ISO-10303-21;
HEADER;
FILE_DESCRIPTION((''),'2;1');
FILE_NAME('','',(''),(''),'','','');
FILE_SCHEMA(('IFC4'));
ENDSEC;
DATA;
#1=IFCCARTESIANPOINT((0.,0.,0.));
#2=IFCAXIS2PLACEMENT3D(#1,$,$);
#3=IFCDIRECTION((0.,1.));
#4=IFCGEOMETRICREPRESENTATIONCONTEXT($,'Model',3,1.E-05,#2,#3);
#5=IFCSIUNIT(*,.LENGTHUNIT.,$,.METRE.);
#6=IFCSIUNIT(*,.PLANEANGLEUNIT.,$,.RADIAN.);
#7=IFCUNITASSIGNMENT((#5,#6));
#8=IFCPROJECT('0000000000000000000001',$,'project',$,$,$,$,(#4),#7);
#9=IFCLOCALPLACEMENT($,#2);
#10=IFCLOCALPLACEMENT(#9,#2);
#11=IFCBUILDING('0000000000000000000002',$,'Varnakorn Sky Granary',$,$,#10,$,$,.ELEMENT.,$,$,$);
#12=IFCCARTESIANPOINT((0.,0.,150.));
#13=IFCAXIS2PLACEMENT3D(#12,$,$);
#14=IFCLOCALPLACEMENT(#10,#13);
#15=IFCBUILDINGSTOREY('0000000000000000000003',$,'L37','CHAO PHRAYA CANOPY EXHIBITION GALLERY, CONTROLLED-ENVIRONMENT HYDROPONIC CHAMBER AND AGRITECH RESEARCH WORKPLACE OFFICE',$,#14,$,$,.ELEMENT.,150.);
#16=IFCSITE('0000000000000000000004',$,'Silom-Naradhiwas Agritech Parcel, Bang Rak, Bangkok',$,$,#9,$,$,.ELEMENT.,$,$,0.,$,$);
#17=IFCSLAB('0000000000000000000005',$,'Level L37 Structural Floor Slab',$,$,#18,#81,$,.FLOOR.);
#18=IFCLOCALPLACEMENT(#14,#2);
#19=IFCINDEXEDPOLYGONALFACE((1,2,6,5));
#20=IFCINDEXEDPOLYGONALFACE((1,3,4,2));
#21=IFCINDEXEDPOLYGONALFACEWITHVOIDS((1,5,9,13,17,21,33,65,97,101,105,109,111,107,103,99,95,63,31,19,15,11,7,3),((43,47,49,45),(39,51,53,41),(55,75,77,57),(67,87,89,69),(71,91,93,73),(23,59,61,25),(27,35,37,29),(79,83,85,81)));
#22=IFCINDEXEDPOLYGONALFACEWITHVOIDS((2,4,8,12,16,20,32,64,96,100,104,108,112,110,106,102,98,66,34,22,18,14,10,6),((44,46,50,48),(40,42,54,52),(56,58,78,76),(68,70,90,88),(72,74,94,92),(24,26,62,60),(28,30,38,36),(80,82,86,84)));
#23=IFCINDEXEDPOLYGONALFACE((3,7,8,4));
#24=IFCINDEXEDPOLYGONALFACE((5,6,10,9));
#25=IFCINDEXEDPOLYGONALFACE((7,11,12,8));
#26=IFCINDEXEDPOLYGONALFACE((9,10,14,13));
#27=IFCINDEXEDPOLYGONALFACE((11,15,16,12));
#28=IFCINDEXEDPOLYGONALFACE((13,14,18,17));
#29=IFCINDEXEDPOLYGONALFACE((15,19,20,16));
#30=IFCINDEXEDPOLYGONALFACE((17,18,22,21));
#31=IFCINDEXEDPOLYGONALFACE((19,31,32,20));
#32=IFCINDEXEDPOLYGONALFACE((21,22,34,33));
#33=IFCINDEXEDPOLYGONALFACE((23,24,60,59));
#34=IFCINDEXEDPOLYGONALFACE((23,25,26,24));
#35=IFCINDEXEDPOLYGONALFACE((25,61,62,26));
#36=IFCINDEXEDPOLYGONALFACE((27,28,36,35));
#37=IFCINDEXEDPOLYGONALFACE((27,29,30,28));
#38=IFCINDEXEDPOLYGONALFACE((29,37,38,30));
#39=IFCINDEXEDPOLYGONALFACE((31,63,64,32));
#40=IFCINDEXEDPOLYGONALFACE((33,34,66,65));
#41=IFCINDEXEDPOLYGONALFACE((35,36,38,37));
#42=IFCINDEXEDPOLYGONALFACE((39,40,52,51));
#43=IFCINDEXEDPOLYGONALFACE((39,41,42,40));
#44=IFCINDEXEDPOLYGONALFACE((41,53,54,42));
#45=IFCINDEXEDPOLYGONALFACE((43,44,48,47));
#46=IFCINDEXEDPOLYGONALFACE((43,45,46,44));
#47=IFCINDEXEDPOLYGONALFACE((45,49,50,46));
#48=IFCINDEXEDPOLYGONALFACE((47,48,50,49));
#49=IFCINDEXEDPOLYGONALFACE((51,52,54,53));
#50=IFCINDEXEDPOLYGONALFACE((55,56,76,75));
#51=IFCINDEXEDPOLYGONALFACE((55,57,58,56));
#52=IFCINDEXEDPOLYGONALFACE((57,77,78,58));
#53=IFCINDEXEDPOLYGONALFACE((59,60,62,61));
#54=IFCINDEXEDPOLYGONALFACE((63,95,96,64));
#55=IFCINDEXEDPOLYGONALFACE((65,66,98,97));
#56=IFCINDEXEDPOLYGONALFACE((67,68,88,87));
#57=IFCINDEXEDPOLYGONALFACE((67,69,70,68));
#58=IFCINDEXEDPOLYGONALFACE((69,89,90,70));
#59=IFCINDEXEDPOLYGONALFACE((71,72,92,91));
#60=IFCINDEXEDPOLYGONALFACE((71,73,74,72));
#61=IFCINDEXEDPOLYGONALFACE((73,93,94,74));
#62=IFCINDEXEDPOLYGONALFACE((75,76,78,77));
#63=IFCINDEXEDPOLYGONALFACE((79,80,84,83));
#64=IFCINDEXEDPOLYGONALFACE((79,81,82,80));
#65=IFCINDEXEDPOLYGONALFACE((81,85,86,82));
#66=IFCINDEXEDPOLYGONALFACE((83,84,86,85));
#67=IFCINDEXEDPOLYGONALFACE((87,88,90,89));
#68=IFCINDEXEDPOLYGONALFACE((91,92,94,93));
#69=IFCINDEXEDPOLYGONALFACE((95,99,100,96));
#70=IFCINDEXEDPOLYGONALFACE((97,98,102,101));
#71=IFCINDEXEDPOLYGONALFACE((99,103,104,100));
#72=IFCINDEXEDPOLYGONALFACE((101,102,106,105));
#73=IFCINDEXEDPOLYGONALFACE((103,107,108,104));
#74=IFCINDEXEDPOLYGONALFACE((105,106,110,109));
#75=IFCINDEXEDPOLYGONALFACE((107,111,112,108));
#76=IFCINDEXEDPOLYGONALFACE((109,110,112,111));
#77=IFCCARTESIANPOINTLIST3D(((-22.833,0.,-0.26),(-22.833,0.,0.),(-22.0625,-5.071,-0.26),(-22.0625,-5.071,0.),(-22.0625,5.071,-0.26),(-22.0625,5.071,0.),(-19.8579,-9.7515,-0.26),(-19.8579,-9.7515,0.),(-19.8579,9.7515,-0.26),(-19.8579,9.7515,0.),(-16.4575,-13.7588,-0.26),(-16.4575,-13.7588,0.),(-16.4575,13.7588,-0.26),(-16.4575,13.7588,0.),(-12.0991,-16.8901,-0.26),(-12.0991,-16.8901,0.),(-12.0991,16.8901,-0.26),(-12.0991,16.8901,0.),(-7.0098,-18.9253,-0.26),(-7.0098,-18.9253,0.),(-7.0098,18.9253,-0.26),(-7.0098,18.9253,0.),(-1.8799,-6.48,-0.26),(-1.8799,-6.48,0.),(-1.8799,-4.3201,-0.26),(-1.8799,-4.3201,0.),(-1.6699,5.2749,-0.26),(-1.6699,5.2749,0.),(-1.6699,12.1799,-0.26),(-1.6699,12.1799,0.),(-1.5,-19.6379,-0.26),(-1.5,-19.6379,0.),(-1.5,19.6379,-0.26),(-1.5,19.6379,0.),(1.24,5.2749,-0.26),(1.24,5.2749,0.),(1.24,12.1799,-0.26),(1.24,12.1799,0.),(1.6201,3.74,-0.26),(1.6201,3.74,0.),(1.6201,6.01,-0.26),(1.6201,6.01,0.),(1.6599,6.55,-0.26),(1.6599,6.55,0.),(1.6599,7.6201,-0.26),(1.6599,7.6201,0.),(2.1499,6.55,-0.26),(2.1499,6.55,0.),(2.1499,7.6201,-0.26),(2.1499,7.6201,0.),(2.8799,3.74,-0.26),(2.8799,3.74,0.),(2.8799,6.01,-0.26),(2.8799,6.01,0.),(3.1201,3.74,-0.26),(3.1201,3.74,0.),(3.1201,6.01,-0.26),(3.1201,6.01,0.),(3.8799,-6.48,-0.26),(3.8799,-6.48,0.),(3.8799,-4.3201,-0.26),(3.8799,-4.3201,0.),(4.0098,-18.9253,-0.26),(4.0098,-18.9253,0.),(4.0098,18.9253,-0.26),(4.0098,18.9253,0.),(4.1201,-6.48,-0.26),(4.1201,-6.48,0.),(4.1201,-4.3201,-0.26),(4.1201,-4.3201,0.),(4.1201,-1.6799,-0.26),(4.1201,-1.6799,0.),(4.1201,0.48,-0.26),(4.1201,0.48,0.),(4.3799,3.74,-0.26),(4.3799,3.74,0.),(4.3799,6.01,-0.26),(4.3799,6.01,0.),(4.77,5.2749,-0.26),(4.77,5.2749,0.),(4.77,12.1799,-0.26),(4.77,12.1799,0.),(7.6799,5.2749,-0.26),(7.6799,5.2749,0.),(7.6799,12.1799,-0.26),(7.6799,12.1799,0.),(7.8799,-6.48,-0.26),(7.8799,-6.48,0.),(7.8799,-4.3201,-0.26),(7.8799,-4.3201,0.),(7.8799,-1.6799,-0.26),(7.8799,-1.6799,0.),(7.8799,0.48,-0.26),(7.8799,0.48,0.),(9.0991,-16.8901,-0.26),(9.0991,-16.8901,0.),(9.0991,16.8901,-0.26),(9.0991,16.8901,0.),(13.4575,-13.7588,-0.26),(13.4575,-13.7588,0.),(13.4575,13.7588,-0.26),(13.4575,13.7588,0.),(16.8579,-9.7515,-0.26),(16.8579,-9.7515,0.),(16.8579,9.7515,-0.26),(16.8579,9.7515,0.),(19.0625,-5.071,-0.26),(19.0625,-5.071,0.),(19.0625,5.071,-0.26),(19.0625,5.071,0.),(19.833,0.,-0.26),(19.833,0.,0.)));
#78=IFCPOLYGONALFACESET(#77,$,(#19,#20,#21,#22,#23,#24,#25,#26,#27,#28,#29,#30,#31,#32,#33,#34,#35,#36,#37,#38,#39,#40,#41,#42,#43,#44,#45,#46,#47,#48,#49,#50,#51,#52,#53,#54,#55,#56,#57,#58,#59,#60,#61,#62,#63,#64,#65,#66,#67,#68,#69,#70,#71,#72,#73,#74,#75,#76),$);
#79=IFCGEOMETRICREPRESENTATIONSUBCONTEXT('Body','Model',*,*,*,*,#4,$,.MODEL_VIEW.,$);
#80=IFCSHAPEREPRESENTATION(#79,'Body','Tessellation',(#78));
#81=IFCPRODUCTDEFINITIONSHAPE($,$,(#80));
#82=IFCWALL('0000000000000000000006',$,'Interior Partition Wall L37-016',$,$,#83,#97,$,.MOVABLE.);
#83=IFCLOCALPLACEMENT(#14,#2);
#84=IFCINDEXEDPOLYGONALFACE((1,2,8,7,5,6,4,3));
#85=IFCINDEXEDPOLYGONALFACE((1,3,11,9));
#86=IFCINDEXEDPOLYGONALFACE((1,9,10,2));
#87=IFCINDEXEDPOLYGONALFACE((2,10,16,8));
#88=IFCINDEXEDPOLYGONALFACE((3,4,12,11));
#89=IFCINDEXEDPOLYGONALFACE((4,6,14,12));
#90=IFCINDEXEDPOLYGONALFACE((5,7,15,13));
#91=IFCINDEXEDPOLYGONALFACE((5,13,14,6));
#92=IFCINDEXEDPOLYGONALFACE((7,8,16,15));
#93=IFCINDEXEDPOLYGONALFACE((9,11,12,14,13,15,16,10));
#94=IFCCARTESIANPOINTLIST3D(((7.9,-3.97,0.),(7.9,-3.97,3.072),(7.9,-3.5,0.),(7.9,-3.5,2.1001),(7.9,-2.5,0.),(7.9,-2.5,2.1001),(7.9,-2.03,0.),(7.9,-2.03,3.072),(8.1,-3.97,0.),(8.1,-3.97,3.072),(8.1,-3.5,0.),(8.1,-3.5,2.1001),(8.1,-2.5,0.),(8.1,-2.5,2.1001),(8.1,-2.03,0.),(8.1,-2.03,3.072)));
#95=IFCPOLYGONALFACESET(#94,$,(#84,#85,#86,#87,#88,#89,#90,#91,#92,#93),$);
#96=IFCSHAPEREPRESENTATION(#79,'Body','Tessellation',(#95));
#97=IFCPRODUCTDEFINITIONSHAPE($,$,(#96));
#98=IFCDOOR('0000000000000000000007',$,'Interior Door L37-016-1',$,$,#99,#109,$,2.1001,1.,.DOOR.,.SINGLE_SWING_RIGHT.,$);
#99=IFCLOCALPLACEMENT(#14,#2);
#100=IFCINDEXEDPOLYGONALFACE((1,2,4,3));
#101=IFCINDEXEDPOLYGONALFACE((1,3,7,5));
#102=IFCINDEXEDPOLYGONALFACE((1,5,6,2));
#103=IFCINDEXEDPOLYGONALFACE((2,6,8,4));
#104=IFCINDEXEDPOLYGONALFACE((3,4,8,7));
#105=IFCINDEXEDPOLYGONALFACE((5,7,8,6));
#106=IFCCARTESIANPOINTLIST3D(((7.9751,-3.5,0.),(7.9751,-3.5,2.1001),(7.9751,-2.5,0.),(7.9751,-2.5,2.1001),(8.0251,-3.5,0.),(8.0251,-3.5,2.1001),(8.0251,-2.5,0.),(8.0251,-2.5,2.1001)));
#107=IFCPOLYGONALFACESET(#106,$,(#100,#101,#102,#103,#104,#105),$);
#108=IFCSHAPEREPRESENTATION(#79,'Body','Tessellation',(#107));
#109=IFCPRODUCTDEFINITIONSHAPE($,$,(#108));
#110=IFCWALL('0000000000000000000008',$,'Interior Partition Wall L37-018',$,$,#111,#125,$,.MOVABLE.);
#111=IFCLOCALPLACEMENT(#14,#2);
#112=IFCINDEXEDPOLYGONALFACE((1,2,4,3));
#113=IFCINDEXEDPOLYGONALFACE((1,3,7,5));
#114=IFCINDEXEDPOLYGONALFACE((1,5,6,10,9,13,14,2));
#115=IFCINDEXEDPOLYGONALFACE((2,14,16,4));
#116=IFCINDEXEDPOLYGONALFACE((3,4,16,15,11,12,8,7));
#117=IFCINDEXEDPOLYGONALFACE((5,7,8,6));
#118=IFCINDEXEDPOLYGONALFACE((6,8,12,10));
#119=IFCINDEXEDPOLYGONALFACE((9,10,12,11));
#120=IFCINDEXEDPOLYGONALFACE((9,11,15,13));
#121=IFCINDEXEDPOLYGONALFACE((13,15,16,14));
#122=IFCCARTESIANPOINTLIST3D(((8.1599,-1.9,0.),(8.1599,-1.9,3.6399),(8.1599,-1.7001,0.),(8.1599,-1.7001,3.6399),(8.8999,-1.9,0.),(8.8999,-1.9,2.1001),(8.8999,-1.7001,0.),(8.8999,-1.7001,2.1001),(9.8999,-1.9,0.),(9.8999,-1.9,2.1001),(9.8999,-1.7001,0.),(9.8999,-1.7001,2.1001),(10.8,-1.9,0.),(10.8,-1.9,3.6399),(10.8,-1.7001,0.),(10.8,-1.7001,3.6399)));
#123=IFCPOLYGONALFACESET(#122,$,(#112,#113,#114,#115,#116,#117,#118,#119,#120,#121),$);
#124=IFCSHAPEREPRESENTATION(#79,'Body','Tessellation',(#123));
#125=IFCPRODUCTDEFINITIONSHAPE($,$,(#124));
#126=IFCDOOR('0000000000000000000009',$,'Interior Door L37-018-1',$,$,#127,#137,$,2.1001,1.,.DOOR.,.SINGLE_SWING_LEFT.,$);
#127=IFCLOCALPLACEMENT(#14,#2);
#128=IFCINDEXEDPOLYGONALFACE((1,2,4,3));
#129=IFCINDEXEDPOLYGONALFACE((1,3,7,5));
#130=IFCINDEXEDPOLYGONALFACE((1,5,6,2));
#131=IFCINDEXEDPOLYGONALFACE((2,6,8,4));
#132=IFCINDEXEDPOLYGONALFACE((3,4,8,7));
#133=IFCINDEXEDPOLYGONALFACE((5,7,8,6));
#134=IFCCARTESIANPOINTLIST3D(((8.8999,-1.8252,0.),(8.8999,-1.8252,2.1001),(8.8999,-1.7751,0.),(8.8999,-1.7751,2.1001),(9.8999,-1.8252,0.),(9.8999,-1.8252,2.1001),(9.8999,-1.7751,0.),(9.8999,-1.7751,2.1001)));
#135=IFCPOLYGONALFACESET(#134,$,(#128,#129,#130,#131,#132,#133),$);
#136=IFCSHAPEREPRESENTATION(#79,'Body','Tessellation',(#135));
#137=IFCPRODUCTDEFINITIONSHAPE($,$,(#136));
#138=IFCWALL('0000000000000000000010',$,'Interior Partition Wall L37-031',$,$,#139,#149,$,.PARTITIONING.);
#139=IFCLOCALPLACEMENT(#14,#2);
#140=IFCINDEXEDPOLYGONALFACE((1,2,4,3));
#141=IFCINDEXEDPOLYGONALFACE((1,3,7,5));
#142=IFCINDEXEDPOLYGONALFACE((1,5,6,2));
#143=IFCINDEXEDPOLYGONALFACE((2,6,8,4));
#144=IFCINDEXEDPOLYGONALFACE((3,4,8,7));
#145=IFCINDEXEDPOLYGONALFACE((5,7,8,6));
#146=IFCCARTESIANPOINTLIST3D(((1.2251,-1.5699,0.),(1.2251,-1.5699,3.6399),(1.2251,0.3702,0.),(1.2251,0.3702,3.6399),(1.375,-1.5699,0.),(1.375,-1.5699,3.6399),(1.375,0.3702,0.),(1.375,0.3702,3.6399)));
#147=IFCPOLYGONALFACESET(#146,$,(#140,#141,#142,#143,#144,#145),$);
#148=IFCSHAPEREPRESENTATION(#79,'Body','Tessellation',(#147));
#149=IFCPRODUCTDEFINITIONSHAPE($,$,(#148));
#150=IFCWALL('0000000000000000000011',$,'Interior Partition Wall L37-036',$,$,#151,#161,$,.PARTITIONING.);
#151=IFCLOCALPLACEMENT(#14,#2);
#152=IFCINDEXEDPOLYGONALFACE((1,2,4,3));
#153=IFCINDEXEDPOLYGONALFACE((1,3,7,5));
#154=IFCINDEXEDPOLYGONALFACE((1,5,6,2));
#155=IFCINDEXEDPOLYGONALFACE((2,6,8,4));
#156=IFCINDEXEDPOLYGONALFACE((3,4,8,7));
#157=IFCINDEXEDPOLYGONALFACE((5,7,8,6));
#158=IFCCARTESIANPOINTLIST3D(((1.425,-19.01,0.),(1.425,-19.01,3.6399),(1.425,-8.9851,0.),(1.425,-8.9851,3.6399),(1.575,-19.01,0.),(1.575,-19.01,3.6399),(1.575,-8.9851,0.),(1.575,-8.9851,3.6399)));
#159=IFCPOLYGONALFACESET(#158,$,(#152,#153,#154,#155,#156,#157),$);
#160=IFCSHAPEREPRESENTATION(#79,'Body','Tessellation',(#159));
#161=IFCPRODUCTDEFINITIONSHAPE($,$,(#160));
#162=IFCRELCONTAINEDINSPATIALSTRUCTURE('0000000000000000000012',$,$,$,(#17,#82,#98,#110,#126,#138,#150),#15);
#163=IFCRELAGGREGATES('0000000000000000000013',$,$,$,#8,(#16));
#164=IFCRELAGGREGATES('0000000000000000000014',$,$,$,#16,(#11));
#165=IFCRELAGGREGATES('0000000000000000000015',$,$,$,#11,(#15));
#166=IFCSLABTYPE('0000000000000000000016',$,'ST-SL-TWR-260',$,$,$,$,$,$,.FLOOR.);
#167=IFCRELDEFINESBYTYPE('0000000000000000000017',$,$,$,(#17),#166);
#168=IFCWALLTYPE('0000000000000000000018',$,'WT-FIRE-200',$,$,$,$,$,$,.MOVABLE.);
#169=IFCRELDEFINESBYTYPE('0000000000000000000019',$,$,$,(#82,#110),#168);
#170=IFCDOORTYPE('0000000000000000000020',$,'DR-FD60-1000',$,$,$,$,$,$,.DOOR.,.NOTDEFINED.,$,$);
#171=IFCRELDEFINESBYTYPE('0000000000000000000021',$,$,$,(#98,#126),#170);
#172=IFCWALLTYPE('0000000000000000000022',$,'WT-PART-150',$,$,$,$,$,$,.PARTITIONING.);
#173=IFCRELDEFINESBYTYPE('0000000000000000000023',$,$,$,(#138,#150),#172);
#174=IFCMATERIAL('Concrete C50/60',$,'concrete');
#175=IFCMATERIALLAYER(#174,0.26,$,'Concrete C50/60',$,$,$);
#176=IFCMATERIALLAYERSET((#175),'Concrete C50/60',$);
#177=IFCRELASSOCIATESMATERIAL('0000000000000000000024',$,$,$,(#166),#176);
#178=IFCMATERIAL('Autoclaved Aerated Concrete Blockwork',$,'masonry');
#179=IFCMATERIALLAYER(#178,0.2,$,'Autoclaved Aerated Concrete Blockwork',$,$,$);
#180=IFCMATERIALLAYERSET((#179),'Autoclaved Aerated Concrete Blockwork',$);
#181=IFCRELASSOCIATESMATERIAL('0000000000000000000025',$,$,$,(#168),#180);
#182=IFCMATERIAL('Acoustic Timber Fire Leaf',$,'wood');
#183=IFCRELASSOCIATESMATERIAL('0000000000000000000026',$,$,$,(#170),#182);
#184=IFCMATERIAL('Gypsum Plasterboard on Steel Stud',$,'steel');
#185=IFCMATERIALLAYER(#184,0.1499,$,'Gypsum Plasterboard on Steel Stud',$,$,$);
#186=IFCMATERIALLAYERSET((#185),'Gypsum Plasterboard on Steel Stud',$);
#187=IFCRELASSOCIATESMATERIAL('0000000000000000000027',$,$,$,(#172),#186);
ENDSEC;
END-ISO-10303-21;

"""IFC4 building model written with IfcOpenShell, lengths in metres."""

from ifc_helpers import new_model, si_unit, direction, frame, frame_2d, origin, place, context, subcontext, project, spatial, polyline, rectangle, outline, extrude, material, layer, layer_set, type_object, element, fill, save


model = new_model("IFC4")

# Units and contexts
model_context = context("Model", 3, precision=1e-05, world=origin(), true_north=direction((0.0, 1.0)))
body_context = subcontext(model_context, "Body", "Model", "MODEL_VIEW")
ifc_project = project(units=[si_unit("LENGTHUNIT", "METRE"), si_unit("PLANEANGLEUNIT", "RADIAN")], contexts=[model_context])

# Site, building, storey
site_placement = place(None, origin())
site = spatial("IfcSite", under=ifc_project, at=site_placement, Name="Silom-Naradhiwas Agritech Parcel, Bang Rak, Bangkok", CompositionType="ELEMENT", RefElevation=0.0)
building_placement = place(site_placement, origin())
building = spatial("IfcBuilding", under=site, at=building_placement, Name="Varnakorn Sky Granary", CompositionType="ELEMENT")
storey_placement = place(building_placement, frame((0.0, 0.0, 150.0)))
storey = spatial("IfcBuildingStorey", under=building, at=storey_placement, Name="L37", Description="CHAO PHRAYA CANOPY EXHIBITION GALLERY, CONTROLLED-ENVIRONMENT HYDROPONIC CHAMBER AND AGRITECH RESEARCH WORKPLACE OFFICE", CompositionType="ELEMENT", Elevation=150.0)

# Shared definitions
ifc_material_1 = material(Name="Concrete C50/60", Category="concrete")

# Slab
ifc_layer_1 = layer(ifc_material_1, 0.26, Name="Concrete C50/60")
ifc_layer_set_1 = layer_set([ifc_layer_1], Name="Concrete C50/60")
slab_type_1 = type_object("IfcSlabType", Name="ST-SL-TWR-260", PredefinedType="FLOOR", material=ifc_layer_set_1)
slab_1_placement = place(storey_placement, frame((0.0, 0.0, -0.26)))
element("IfcSlab", 1, at=slab_1_placement, inside=storey, type_object=slab_type_1, Name="Level L37 Structural Floor Slab", PredefinedType="FLOOR", context=body_context, shape_type="SweptSolid", body=[
    extrude(outline(polyline([(19.833, 0.0), (19.0625, 5.071), (16.8579, 9.7515), (13.4575, 13.7588), (9.0991, 16.8901), (4.0098, 18.9253), (-1.5, 19.6379), (-7.0098, 18.9253), (-12.0991, 16.8901), (-16.4575, 13.7588), (-19.8579, 9.7515), (-22.0625, 5.071), (-22.833, 0.0), (-22.0625, -5.071), (-19.8579, -9.7515), (-16.4575, -13.7588), (-12.0991, -16.8901), (-7.0098, -18.9253), (-1.5, -19.6379), (4.0098, -18.9253), (9.0991, -16.8901), (13.4575, -13.7588), (16.8579, -9.7515), (19.0625, -5.071), (19.833, 0.0)]), holes=[polyline([(1.24, 5.2749), (1.24, 12.1799), (-1.6699, 12.1799), (-1.6699, 5.2749), (1.24, 5.2749)]), polyline([(7.6799, 5.2749), (7.6799, 12.1799), (4.77, 12.1799), (4.77, 5.2749), (7.6799, 5.2749)]), polyline([(1.6599, 6.55), (2.1499, 6.55), (2.1499, 7.6201), (1.6599, 7.6201), (1.6599, 6.55)]), polyline([(1.6201, 3.74), (2.8799, 3.74), (2.8799, 6.01), (1.6201, 6.01), (1.6201, 3.74)]), polyline([(3.1201, 3.74), (4.3799, 3.74), (4.3799, 6.01), (3.1201, 6.01), (3.1201, 3.74)]), polyline([(4.1201, -1.6799), (7.8799, -1.6799), (7.8799, 0.48), (4.1201, 0.48), (4.1201, -1.6799)]), polyline([(-1.8799, -6.48), (3.8799, -6.48), (3.8799, -4.3201), (-1.8799, -4.3201), (-1.8799, -6.48)]), polyline([(4.1201, -6.48), (7.8799, -6.48), (7.8799, -4.3201), (4.1201, -4.3201), (4.1201, -6.48)])]), origin(), (0.0, 0.0, 1.0), 0.26),
])

# Walls, openings, doors
ifc_material_2 = material(Name="Autoclaved Aerated Concrete Blockwork", Category="masonry")
ifc_layer_2 = layer(ifc_material_2, 0.2, Name="Autoclaved Aerated Concrete Blockwork")
ifc_layer_set_2 = layer_set([ifc_layer_2], Name="Autoclaved Aerated Concrete Blockwork")
wall_type_1 = type_object("IfcWallType", Name="WT-FIRE-200", PredefinedType="MOVABLE", material=ifc_layer_set_2)
wall_1_placement = place(storey_placement, frame((8.0, -3.97, 0.0), z_axis=(0.0, 0.0, 1.0), x_axis=(0.0, 1.0, 0.0)))
wall_1 = element("IfcWall", 2, at=wall_1_placement, inside=storey, type_object=wall_type_1, Name="Interior Partition Wall L37-016", PredefinedType="MOVABLE", context=body_context, shape_type="SweptSolid", body=[
    extrude(rectangle(XDim=1.9399, YDim=0.2, at=frame_2d((0.97, 0.0))), origin(), (0.0, 0.0, 1.0), 3.072),
])
opening_1_placement = place(wall_1_placement, frame((0.47, 0.0, 0.0)))
opening_1 = element("IfcOpeningElement", 3, at=opening_1_placement, cuts=wall_1, PredefinedType="OPENING", context=body_context, shape_type="SweptSolid", body=[
    extrude(rectangle(XDim=1.0, YDim=2.1001, at=frame_2d((0.5, 1.05))), frame((0.0, 0.1099, 0.0), z_axis=(0.0, -1.0, 0.0), x_axis=(1.0, 0.0, 0.0)), (0.0, 0.0, 1.0), 0.22),
])
ifc_material_3 = material(Name="Acoustic Timber Fire Leaf", Category="wood")
door_type_1 = type_object("IfcDoorType", Name="DR-FD60-1000", OperationType="NOTDEFINED", PredefinedType="DOOR", material=ifc_material_3)
door_1_placement = place(opening_1_placement, origin())
door_1 = element("IfcDoor", 4, at=door_1_placement, inside=storey, type_object=door_type_1, Name="Interior Door L37-016-1", OperationType="SINGLE_SWING_RIGHT", OverallHeight=2.1001, OverallWidth=1.0, PredefinedType="DOOR", context=body_context, shape_type="SweptSolid", body=[
    extrude(rectangle(XDim=1.0, YDim=2.1001, at=frame_2d((0.5, 1.05))), frame((0.0, 0.0249, 0.0), z_axis=(0.0, -1.0, 0.0), x_axis=(1.0, 0.0, 0.0)), (0.0, 0.0, 1.0), 0.05),
])
fill(opening_1, door_1)
wall_2_placement = place(storey_placement, frame((8.1599, -1.8, 0.0), z_axis=(0.0, 0.0, 1.0), x_axis=(1.0, 0.0, 0.0)))
wall_2 = element("IfcWall", 5, at=wall_2_placement, inside=storey, type_object=wall_type_1, Name="Interior Partition Wall L37-018", PredefinedType="MOVABLE", context=body_context, shape_type="SweptSolid", body=[
    extrude(rectangle(XDim=2.6401, YDim=0.2, at=frame_2d((1.3201, 0.0))), origin(), (0.0, 0.0, 1.0), 3.6399),
])
opening_2_placement = place(wall_2_placement, frame((0.74, 0.0, 0.0)))
opening_2 = element("IfcOpeningElement", 6, at=opening_2_placement, cuts=wall_2, PredefinedType="OPENING", context=body_context, shape_type="SweptSolid", body=[
    extrude(rectangle(XDim=1.0, YDim=2.1001, at=frame_2d((0.5, 1.05))), frame((0.0, 0.1099, 0.0), z_axis=(0.0, -1.0, 0.0), x_axis=(1.0, 0.0, 0.0)), (0.0, 0.0, 1.0), 0.22),
])
door_2_placement = place(opening_2_placement, origin())
door_2 = element("IfcDoor", 7, at=door_2_placement, inside=storey, type_object=door_type_1, Name="Interior Door L37-018-1", OperationType="SINGLE_SWING_LEFT", OverallHeight=2.1001, OverallWidth=1.0, PredefinedType="DOOR", context=body_context, shape_type="SweptSolid", body=[
    extrude(rectangle(XDim=1.0, YDim=2.1001, at=frame_2d((0.5, 1.05))), frame((0.0, 0.0249, 0.0), z_axis=(0.0, -1.0, 0.0), x_axis=(1.0, 0.0, 0.0)), (0.0, 0.0, 1.0), 0.05),
])
fill(opening_2, door_2)

# Walls
ifc_material_4 = material(Name="Gypsum Plasterboard on Steel Stud", Category="steel")
ifc_layer_3 = layer(ifc_material_4, 0.1499, Name="Gypsum Plasterboard on Steel Stud")
ifc_layer_set_3 = layer_set([ifc_layer_3], Name="Gypsum Plasterboard on Steel Stud")
wall_type_2 = type_object("IfcWallType", Name="WT-PART-150", PredefinedType="PARTITIONING", material=ifc_layer_set_3)
wall_3_placement = place(storey_placement, frame((1.3, -1.5701, 0.0), z_axis=(0.0, 0.0, 1.0), x_axis=(0.0, 1.0, 0.0)))
element("IfcWall", 8, at=wall_3_placement, inside=storey, type_object=wall_type_2, Name="Interior Partition Wall L37-031", PredefinedType="PARTITIONING", context=body_context, shape_type="SweptSolid", body=[
    extrude(rectangle(XDim=1.9402, YDim=0.1499, at=frame_2d((0.9702, 0.0))), origin(), (0.0, 0.0, 1.0), 3.6399),
])
wall_4_placement = place(storey_placement, frame((1.5, -8.9851, 0.0), z_axis=(0.0, 0.0, 1.0), x_axis=(0.0, -1.0, 0.0)))
element("IfcWall", 9, at=wall_4_placement, inside=storey, type_object=wall_type_2, Name="Interior Partition Wall L37-036", PredefinedType="PARTITIONING", context=body_context, shape_type="SweptSolid", body=[
    extrude(rectangle(XDim=10.0249, YDim=0.1499, at=frame_2d((5.0125, 0.0))), origin(), (0.0, 0.0, 1.0), 3.6399),
])

save(model, "model.ifc")
